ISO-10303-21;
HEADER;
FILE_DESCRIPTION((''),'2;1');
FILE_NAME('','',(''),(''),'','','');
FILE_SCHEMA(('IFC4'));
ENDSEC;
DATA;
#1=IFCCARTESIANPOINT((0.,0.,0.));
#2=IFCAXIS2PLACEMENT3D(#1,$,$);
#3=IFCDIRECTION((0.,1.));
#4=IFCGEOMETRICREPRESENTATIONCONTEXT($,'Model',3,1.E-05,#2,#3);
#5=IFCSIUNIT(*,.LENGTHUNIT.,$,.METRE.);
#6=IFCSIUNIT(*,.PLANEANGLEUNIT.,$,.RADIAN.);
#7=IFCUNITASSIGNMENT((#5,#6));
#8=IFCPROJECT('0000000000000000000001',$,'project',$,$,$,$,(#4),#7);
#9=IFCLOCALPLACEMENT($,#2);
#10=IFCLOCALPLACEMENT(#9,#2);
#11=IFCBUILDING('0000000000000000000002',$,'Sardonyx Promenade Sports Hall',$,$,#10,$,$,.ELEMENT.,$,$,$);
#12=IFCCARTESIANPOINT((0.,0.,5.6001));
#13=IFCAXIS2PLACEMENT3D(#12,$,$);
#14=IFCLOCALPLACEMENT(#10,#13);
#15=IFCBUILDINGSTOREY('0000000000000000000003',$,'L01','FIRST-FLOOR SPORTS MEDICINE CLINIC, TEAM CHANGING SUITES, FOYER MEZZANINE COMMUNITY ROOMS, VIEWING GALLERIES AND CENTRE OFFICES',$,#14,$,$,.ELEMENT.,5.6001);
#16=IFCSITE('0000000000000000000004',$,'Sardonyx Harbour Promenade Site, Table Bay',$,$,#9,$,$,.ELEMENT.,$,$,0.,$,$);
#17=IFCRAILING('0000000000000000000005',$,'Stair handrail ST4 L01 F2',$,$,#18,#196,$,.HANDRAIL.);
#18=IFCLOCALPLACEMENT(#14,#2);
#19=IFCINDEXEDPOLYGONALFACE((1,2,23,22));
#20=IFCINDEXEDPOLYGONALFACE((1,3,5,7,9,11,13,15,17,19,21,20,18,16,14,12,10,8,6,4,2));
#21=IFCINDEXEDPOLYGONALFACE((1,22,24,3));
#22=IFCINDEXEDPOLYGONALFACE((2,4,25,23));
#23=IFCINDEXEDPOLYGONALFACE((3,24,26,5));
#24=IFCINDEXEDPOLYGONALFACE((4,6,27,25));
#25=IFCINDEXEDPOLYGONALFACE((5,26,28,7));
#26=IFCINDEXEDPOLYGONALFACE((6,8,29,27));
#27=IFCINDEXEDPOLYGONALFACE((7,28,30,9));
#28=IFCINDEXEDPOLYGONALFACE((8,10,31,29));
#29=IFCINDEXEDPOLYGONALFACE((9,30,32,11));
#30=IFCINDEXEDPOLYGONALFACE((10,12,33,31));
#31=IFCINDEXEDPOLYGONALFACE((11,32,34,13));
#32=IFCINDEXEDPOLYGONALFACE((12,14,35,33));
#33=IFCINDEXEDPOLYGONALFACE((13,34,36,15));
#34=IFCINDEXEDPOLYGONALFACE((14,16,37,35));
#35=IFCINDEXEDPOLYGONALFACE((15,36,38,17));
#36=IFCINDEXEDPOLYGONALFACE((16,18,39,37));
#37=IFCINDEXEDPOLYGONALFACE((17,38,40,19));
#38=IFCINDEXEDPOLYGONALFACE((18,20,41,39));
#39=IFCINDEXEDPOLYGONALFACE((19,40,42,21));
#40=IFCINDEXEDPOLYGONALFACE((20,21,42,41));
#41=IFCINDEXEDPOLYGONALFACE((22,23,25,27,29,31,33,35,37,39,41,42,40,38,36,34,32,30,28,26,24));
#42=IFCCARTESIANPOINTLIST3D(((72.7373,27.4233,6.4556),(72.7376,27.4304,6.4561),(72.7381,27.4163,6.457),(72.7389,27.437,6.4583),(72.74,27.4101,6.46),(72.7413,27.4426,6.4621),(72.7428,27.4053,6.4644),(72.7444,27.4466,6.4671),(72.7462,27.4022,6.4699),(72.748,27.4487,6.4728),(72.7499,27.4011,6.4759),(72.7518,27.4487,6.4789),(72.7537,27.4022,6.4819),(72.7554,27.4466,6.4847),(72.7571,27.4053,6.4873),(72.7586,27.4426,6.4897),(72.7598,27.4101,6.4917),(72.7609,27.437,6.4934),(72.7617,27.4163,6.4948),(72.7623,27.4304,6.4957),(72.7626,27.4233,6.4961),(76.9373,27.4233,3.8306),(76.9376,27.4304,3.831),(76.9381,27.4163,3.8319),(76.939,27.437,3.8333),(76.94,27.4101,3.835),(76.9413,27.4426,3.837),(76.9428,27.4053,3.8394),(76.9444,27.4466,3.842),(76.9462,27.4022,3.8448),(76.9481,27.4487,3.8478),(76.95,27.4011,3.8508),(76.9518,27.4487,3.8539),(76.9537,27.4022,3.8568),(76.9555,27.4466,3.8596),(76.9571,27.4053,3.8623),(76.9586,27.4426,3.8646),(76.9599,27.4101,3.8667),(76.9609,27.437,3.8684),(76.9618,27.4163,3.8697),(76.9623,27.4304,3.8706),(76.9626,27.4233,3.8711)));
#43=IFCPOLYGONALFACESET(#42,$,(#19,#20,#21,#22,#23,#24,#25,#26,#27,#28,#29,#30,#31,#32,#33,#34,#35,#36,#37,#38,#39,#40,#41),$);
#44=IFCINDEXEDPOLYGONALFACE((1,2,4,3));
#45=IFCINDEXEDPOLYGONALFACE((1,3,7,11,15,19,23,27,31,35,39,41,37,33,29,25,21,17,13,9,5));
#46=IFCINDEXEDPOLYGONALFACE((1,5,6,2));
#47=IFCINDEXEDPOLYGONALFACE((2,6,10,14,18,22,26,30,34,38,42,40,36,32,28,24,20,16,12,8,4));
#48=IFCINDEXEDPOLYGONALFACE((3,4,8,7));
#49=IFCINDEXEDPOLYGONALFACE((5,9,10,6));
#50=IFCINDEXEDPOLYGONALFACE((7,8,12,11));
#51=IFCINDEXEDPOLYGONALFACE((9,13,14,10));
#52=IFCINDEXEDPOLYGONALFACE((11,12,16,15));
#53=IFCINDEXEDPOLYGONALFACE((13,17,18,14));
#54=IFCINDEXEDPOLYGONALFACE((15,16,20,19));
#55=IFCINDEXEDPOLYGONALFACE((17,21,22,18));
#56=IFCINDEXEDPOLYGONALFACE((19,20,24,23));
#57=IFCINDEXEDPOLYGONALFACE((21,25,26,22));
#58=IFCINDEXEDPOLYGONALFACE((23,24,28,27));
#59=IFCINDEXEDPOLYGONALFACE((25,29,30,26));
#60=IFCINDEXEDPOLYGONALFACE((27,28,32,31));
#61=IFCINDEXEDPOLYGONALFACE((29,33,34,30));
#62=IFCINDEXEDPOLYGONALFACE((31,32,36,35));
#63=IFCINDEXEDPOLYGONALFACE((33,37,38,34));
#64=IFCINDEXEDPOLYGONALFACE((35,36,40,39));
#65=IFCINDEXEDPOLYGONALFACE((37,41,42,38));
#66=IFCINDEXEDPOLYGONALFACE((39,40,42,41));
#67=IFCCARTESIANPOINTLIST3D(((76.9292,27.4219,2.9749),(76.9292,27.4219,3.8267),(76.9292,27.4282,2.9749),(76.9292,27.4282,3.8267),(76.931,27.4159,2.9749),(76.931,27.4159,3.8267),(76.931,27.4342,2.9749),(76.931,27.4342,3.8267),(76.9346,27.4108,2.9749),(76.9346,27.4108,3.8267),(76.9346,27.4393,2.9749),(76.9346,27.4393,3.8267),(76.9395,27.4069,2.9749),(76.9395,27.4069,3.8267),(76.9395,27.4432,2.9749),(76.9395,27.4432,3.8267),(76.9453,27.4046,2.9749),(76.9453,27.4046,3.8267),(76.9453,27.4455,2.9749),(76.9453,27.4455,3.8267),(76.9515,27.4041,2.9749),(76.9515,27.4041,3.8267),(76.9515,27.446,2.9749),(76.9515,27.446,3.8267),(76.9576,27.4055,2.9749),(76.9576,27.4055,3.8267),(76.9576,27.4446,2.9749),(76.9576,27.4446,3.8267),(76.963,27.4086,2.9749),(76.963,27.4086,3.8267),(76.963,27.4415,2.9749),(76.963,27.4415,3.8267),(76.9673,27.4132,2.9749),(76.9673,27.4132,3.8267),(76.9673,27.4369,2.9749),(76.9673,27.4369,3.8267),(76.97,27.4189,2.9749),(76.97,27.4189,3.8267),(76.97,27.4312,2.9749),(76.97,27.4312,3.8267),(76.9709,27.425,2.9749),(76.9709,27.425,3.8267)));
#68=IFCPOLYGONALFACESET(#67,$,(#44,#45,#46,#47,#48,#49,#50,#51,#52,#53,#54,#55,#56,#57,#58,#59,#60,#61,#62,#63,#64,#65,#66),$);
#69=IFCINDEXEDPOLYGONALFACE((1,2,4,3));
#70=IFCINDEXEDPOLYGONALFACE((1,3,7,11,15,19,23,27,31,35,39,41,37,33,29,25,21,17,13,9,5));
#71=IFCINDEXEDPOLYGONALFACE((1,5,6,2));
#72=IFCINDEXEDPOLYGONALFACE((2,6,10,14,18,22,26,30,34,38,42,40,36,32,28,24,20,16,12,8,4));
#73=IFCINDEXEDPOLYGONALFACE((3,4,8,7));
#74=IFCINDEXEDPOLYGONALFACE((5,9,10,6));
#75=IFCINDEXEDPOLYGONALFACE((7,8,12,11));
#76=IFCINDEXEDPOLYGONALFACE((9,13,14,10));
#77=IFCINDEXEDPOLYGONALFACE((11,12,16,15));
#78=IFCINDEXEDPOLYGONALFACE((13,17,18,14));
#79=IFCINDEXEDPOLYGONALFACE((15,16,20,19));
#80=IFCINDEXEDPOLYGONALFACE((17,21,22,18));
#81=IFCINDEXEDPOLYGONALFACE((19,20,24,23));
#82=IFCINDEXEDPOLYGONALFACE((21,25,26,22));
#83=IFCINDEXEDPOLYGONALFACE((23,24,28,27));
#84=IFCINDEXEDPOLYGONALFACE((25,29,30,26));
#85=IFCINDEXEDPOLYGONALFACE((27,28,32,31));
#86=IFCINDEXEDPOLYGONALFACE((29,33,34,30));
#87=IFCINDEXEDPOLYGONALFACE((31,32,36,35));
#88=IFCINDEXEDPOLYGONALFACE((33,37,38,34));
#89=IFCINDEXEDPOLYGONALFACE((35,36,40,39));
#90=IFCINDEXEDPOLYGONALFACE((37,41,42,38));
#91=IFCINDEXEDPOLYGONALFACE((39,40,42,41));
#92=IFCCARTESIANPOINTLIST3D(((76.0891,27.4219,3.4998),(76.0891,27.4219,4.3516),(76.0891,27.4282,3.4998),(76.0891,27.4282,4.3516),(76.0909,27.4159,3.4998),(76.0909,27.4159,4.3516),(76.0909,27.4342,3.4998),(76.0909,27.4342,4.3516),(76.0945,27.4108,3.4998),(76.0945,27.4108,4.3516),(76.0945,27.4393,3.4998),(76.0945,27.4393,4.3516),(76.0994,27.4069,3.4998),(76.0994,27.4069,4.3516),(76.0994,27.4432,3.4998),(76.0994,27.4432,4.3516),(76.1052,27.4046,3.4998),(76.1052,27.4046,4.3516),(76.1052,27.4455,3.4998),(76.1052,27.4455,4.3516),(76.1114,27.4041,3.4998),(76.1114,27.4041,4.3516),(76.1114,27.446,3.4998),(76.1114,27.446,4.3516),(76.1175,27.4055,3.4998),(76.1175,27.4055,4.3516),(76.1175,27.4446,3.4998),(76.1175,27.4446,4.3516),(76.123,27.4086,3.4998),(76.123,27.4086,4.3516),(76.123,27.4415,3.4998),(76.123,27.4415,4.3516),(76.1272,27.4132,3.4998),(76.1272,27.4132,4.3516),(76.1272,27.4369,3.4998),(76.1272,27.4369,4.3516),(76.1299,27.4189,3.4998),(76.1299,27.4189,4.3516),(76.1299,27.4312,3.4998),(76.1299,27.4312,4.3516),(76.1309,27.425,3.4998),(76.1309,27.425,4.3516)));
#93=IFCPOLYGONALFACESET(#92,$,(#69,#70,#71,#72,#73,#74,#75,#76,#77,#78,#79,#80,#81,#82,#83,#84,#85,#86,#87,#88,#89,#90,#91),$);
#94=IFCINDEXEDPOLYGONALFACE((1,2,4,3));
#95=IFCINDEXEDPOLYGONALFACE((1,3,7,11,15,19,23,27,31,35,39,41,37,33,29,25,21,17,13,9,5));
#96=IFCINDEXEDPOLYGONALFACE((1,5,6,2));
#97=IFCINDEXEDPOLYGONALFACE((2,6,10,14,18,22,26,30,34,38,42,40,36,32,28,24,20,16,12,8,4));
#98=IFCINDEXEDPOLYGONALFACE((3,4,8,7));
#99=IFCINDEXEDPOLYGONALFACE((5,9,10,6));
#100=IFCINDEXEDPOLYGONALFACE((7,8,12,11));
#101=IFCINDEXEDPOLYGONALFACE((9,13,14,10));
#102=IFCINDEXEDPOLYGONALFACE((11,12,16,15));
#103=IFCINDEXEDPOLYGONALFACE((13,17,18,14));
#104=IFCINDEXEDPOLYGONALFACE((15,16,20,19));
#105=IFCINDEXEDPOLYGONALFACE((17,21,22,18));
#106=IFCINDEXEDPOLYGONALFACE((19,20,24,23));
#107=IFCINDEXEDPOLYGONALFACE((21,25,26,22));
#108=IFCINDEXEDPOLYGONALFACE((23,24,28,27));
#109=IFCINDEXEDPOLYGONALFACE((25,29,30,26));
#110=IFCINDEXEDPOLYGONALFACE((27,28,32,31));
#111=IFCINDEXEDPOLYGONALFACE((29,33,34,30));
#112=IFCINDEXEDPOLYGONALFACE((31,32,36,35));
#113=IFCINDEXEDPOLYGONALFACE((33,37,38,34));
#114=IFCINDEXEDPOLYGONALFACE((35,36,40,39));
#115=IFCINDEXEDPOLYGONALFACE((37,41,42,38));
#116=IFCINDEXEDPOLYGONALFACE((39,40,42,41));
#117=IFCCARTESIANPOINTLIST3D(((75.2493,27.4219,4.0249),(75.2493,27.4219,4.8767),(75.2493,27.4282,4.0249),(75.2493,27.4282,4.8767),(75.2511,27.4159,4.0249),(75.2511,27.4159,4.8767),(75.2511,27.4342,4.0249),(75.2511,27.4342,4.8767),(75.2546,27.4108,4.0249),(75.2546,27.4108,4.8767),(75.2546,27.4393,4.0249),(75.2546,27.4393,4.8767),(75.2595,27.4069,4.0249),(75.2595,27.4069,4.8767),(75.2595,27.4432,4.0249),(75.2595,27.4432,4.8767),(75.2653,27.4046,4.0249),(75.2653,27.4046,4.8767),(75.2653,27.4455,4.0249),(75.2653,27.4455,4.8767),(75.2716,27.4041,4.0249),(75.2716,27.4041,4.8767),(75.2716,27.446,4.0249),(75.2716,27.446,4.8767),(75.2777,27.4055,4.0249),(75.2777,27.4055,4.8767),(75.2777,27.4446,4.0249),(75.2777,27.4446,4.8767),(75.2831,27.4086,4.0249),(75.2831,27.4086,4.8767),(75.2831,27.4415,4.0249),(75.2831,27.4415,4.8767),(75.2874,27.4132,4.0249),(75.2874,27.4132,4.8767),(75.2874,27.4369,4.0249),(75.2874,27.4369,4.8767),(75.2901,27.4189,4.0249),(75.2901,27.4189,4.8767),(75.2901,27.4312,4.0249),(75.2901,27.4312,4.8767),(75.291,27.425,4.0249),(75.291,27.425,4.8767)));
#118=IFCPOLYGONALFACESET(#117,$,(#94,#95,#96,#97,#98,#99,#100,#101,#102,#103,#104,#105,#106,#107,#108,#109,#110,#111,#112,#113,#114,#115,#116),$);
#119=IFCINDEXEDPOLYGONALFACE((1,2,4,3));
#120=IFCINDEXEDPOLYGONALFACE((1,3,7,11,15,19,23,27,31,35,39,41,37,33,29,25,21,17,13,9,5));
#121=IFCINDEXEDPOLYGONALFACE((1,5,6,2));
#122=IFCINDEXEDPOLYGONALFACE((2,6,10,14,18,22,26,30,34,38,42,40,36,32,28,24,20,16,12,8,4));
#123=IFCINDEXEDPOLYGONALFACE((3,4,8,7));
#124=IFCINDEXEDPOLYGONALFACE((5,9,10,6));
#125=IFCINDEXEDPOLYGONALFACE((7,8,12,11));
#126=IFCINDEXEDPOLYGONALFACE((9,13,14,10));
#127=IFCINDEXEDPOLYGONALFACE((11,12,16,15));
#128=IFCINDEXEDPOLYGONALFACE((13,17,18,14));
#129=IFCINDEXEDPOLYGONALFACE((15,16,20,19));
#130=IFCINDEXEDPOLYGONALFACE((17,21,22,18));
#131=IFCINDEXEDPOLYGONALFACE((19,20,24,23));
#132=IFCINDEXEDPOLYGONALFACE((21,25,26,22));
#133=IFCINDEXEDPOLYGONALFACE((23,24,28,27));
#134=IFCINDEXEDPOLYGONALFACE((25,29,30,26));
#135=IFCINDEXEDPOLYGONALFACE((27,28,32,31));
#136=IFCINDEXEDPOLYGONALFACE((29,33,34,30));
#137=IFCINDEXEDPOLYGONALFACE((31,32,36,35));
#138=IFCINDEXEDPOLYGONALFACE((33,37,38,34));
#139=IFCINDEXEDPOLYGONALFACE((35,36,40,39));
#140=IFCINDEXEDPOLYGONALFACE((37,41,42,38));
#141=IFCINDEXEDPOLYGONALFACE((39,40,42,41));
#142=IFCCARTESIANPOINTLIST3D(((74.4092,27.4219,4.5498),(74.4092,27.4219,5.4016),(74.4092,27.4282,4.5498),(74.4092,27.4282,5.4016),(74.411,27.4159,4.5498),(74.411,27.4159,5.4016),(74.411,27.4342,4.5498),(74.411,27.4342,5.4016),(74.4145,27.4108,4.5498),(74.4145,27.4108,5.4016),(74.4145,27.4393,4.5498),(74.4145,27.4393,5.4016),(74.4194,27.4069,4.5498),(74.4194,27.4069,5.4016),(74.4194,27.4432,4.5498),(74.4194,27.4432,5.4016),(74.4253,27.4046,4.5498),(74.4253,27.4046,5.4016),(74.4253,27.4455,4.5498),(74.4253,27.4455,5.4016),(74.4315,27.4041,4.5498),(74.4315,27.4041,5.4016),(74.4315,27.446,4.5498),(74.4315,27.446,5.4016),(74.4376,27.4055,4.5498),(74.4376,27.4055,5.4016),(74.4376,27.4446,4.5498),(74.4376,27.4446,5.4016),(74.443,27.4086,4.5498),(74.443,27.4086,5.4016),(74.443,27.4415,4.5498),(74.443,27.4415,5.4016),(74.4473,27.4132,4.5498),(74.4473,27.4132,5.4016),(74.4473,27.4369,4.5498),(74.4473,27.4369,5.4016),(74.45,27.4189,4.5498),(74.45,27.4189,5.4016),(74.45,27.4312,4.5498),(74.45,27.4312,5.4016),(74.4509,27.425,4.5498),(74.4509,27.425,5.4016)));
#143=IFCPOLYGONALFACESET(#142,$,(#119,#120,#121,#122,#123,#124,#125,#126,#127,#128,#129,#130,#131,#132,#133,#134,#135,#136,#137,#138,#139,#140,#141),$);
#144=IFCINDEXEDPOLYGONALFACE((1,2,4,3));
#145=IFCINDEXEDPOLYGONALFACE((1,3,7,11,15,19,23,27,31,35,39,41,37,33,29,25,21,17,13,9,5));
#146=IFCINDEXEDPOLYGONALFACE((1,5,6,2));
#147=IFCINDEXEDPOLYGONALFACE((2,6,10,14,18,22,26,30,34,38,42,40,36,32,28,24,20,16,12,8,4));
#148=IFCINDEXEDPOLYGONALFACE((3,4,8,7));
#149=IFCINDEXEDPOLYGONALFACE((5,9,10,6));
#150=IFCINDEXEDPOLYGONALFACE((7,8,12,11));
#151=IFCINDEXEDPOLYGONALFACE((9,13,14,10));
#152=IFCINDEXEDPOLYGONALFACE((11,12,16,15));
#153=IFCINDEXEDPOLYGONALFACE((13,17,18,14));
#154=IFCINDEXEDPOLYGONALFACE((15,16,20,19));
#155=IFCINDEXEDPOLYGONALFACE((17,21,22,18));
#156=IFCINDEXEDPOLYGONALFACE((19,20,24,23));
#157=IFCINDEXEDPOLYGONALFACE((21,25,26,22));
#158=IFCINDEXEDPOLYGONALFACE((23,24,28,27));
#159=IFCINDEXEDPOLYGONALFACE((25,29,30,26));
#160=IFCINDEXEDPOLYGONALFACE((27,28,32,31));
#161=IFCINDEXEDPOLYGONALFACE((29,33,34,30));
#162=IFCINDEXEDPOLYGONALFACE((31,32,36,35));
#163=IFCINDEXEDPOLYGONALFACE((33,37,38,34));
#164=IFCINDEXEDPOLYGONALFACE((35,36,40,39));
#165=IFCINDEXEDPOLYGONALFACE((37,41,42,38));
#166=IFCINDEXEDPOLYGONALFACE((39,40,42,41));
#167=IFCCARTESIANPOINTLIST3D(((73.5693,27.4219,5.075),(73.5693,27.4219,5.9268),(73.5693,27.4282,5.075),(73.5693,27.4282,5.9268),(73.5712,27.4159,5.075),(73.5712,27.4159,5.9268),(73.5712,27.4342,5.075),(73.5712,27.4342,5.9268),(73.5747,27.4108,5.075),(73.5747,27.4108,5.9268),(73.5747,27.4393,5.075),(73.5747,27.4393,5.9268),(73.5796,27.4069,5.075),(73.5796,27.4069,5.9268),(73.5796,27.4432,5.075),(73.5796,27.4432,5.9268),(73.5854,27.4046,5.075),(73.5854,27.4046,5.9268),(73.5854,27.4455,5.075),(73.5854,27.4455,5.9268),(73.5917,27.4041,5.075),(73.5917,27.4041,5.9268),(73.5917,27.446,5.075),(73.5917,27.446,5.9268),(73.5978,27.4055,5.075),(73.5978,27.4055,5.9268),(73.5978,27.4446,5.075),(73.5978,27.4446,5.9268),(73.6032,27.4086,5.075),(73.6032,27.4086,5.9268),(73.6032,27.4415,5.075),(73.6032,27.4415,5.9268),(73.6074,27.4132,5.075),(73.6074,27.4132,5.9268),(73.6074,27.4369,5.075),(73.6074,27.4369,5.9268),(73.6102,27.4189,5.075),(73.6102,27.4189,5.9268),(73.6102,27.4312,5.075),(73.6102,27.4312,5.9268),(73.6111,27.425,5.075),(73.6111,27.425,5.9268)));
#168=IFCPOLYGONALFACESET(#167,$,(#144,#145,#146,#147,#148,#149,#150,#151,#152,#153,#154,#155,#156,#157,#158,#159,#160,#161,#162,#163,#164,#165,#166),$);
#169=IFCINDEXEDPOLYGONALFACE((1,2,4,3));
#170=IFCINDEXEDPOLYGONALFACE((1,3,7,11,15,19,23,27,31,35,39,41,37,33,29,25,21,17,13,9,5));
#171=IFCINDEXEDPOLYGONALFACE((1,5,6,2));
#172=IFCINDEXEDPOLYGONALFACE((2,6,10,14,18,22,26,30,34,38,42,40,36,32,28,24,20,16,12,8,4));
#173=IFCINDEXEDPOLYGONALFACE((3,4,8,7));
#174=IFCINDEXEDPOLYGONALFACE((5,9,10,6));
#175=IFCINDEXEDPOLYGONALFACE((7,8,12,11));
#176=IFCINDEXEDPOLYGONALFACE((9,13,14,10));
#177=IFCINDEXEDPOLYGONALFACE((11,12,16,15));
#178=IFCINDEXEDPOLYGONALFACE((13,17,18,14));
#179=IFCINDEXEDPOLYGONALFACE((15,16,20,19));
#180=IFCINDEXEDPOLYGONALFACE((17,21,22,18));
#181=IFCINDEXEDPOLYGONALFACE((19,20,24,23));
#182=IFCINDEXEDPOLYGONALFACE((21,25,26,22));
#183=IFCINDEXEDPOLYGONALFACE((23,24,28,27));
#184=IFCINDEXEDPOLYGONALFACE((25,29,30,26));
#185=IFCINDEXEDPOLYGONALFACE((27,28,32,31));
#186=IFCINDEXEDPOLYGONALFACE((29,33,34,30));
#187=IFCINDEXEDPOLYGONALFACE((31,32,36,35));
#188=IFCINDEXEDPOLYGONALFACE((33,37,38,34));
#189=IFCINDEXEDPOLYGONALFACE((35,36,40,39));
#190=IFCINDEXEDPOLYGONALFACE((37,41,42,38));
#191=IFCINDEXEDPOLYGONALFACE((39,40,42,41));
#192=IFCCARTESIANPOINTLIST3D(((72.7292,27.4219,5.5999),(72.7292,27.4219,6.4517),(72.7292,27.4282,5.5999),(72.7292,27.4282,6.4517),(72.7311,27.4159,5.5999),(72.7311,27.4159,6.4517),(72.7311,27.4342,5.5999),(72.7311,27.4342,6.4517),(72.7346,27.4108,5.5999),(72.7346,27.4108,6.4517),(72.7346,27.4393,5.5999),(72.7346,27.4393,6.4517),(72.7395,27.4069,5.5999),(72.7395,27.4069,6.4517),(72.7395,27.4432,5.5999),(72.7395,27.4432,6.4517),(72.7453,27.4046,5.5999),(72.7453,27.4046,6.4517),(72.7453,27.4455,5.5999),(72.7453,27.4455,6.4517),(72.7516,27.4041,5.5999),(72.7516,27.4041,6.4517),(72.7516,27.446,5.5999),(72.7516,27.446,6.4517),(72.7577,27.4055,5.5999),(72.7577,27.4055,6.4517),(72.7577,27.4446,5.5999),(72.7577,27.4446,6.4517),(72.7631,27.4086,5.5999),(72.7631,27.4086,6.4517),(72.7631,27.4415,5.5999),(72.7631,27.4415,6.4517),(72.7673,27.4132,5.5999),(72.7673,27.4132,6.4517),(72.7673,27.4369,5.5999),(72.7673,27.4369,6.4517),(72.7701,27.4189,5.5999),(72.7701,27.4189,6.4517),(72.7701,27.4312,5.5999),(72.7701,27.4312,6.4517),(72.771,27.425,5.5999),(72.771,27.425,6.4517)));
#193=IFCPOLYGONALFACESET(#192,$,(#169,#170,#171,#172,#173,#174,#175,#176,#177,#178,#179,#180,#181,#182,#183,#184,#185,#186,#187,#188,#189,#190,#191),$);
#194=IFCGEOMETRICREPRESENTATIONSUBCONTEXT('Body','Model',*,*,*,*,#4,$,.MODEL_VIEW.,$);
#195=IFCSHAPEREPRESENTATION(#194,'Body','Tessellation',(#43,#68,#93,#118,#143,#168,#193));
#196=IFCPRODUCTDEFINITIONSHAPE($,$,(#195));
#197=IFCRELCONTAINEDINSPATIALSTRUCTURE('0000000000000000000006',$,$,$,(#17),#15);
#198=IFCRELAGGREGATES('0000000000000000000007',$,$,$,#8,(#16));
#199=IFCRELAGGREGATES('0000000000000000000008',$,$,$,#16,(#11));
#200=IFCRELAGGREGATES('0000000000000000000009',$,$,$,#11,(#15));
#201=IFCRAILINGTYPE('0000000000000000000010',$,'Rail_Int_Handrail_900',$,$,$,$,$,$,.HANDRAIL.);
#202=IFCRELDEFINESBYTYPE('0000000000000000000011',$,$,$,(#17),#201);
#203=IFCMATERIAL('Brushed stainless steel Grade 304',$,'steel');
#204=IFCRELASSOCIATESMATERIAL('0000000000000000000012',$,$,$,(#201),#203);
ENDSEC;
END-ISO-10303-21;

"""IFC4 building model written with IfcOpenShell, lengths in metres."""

from ifc_helpers import new_model, si_unit, direction, frame, origin, origin_2d, place, context, subcontext, project, spatial, circle, extrude, material, type_object, element, save


model = new_model("IFC4")

# Units and contexts
model_context = context("Model", 3, precision=1e-05, world=origin(), true_north=direction((0.0, 1.0)))
body_context = subcontext(model_context, "Body", "Model", "MODEL_VIEW")
ifc_project = project(units=[si_unit("LENGTHUNIT", "METRE"), si_unit("PLANEANGLEUNIT", "RADIAN")], contexts=[model_context])

# Site, building, storey
site_placement = place(None, origin())
site = spatial("IfcSite", under=ifc_project, at=site_placement, Name="Sardonyx Harbour Promenade Site, Table Bay", CompositionType="ELEMENT", RefElevation=0.0)
building_placement = place(site_placement, origin())
building = spatial("IfcBuilding", under=site, at=building_placement, Name="Sardonyx Promenade Sports Hall", CompositionType="ELEMENT")
storey_placement = place(building_placement, frame((0.0, 0.0, 5.6001)))
storey = spatial("IfcBuildingStorey", under=building, at=storey_placement, Name="L01", Description="FIRST-FLOOR SPORTS MEDICINE CLINIC, TEAM CHANGING SUITES, FOYER MEZZANINE COMMUNITY ROOMS, VIEWING GALLERIES AND CENTRE OFFICES", CompositionType="ELEMENT", Elevation=5.6001)

# Railing
ifc_material_1 = material(Name="Brushed stainless steel Grade 304", Category="steel")
railing_type_1 = type_object("IfcRailingType", Name="Rail_Int_Handrail_900", PredefinedType="HANDRAIL", material=ifc_material_1)
railing_1_placement = place(storey_placement, frame((76.95, 27.425, 2.9749)))
element("IfcRailing", 1, at=railing_1_placement, inside=storey, type_object=railing_type_1, Name="Stair handrail ST4 L01 F2", PredefinedType="HANDRAIL", context=body_context, shape_type="SweptSolid", body=[
    extrude(circle(Radius=0.0239, at=origin_2d()), frame((0.0, 0.0, 0.876), z_axis=(-0.847996, 0.0, 0.530003), x_axis=(0.0, -1.0, 0.0)), (0.0, 0.0, 1.0), 4.9529),
    extrude(circle(Radius=0.021, at=origin_2d()), origin(), (0.0, 0.0, 1.0), 0.8518),
    extrude(circle(Radius=0.021, at=origin_2d()), frame((-0.8401, 0.0, 0.5249)), (0.0, 0.0, 1.0), 0.8518),
    extrude(circle(Radius=0.021, at=origin_2d()), frame((-1.6799, 0.0, 1.05)), (0.0, 0.0, 1.0), 0.8518),
    extrude(circle(Radius=0.021, at=origin_2d()), frame((-2.52, 0.0, 1.575)), (0.0, 0.0, 1.0), 0.8518),
    extrude(circle(Radius=0.021, at=origin_2d()), frame((-3.3599, 0.0, 2.1001)), (0.0, 0.0, 1.0), 0.8518),
    extrude(circle(Radius=0.021, at=origin_2d()), frame((-4.2, 0.0, 2.625)), (0.0, 0.0, 1.0), 0.8518),
])

save(model, "model.ifc")
